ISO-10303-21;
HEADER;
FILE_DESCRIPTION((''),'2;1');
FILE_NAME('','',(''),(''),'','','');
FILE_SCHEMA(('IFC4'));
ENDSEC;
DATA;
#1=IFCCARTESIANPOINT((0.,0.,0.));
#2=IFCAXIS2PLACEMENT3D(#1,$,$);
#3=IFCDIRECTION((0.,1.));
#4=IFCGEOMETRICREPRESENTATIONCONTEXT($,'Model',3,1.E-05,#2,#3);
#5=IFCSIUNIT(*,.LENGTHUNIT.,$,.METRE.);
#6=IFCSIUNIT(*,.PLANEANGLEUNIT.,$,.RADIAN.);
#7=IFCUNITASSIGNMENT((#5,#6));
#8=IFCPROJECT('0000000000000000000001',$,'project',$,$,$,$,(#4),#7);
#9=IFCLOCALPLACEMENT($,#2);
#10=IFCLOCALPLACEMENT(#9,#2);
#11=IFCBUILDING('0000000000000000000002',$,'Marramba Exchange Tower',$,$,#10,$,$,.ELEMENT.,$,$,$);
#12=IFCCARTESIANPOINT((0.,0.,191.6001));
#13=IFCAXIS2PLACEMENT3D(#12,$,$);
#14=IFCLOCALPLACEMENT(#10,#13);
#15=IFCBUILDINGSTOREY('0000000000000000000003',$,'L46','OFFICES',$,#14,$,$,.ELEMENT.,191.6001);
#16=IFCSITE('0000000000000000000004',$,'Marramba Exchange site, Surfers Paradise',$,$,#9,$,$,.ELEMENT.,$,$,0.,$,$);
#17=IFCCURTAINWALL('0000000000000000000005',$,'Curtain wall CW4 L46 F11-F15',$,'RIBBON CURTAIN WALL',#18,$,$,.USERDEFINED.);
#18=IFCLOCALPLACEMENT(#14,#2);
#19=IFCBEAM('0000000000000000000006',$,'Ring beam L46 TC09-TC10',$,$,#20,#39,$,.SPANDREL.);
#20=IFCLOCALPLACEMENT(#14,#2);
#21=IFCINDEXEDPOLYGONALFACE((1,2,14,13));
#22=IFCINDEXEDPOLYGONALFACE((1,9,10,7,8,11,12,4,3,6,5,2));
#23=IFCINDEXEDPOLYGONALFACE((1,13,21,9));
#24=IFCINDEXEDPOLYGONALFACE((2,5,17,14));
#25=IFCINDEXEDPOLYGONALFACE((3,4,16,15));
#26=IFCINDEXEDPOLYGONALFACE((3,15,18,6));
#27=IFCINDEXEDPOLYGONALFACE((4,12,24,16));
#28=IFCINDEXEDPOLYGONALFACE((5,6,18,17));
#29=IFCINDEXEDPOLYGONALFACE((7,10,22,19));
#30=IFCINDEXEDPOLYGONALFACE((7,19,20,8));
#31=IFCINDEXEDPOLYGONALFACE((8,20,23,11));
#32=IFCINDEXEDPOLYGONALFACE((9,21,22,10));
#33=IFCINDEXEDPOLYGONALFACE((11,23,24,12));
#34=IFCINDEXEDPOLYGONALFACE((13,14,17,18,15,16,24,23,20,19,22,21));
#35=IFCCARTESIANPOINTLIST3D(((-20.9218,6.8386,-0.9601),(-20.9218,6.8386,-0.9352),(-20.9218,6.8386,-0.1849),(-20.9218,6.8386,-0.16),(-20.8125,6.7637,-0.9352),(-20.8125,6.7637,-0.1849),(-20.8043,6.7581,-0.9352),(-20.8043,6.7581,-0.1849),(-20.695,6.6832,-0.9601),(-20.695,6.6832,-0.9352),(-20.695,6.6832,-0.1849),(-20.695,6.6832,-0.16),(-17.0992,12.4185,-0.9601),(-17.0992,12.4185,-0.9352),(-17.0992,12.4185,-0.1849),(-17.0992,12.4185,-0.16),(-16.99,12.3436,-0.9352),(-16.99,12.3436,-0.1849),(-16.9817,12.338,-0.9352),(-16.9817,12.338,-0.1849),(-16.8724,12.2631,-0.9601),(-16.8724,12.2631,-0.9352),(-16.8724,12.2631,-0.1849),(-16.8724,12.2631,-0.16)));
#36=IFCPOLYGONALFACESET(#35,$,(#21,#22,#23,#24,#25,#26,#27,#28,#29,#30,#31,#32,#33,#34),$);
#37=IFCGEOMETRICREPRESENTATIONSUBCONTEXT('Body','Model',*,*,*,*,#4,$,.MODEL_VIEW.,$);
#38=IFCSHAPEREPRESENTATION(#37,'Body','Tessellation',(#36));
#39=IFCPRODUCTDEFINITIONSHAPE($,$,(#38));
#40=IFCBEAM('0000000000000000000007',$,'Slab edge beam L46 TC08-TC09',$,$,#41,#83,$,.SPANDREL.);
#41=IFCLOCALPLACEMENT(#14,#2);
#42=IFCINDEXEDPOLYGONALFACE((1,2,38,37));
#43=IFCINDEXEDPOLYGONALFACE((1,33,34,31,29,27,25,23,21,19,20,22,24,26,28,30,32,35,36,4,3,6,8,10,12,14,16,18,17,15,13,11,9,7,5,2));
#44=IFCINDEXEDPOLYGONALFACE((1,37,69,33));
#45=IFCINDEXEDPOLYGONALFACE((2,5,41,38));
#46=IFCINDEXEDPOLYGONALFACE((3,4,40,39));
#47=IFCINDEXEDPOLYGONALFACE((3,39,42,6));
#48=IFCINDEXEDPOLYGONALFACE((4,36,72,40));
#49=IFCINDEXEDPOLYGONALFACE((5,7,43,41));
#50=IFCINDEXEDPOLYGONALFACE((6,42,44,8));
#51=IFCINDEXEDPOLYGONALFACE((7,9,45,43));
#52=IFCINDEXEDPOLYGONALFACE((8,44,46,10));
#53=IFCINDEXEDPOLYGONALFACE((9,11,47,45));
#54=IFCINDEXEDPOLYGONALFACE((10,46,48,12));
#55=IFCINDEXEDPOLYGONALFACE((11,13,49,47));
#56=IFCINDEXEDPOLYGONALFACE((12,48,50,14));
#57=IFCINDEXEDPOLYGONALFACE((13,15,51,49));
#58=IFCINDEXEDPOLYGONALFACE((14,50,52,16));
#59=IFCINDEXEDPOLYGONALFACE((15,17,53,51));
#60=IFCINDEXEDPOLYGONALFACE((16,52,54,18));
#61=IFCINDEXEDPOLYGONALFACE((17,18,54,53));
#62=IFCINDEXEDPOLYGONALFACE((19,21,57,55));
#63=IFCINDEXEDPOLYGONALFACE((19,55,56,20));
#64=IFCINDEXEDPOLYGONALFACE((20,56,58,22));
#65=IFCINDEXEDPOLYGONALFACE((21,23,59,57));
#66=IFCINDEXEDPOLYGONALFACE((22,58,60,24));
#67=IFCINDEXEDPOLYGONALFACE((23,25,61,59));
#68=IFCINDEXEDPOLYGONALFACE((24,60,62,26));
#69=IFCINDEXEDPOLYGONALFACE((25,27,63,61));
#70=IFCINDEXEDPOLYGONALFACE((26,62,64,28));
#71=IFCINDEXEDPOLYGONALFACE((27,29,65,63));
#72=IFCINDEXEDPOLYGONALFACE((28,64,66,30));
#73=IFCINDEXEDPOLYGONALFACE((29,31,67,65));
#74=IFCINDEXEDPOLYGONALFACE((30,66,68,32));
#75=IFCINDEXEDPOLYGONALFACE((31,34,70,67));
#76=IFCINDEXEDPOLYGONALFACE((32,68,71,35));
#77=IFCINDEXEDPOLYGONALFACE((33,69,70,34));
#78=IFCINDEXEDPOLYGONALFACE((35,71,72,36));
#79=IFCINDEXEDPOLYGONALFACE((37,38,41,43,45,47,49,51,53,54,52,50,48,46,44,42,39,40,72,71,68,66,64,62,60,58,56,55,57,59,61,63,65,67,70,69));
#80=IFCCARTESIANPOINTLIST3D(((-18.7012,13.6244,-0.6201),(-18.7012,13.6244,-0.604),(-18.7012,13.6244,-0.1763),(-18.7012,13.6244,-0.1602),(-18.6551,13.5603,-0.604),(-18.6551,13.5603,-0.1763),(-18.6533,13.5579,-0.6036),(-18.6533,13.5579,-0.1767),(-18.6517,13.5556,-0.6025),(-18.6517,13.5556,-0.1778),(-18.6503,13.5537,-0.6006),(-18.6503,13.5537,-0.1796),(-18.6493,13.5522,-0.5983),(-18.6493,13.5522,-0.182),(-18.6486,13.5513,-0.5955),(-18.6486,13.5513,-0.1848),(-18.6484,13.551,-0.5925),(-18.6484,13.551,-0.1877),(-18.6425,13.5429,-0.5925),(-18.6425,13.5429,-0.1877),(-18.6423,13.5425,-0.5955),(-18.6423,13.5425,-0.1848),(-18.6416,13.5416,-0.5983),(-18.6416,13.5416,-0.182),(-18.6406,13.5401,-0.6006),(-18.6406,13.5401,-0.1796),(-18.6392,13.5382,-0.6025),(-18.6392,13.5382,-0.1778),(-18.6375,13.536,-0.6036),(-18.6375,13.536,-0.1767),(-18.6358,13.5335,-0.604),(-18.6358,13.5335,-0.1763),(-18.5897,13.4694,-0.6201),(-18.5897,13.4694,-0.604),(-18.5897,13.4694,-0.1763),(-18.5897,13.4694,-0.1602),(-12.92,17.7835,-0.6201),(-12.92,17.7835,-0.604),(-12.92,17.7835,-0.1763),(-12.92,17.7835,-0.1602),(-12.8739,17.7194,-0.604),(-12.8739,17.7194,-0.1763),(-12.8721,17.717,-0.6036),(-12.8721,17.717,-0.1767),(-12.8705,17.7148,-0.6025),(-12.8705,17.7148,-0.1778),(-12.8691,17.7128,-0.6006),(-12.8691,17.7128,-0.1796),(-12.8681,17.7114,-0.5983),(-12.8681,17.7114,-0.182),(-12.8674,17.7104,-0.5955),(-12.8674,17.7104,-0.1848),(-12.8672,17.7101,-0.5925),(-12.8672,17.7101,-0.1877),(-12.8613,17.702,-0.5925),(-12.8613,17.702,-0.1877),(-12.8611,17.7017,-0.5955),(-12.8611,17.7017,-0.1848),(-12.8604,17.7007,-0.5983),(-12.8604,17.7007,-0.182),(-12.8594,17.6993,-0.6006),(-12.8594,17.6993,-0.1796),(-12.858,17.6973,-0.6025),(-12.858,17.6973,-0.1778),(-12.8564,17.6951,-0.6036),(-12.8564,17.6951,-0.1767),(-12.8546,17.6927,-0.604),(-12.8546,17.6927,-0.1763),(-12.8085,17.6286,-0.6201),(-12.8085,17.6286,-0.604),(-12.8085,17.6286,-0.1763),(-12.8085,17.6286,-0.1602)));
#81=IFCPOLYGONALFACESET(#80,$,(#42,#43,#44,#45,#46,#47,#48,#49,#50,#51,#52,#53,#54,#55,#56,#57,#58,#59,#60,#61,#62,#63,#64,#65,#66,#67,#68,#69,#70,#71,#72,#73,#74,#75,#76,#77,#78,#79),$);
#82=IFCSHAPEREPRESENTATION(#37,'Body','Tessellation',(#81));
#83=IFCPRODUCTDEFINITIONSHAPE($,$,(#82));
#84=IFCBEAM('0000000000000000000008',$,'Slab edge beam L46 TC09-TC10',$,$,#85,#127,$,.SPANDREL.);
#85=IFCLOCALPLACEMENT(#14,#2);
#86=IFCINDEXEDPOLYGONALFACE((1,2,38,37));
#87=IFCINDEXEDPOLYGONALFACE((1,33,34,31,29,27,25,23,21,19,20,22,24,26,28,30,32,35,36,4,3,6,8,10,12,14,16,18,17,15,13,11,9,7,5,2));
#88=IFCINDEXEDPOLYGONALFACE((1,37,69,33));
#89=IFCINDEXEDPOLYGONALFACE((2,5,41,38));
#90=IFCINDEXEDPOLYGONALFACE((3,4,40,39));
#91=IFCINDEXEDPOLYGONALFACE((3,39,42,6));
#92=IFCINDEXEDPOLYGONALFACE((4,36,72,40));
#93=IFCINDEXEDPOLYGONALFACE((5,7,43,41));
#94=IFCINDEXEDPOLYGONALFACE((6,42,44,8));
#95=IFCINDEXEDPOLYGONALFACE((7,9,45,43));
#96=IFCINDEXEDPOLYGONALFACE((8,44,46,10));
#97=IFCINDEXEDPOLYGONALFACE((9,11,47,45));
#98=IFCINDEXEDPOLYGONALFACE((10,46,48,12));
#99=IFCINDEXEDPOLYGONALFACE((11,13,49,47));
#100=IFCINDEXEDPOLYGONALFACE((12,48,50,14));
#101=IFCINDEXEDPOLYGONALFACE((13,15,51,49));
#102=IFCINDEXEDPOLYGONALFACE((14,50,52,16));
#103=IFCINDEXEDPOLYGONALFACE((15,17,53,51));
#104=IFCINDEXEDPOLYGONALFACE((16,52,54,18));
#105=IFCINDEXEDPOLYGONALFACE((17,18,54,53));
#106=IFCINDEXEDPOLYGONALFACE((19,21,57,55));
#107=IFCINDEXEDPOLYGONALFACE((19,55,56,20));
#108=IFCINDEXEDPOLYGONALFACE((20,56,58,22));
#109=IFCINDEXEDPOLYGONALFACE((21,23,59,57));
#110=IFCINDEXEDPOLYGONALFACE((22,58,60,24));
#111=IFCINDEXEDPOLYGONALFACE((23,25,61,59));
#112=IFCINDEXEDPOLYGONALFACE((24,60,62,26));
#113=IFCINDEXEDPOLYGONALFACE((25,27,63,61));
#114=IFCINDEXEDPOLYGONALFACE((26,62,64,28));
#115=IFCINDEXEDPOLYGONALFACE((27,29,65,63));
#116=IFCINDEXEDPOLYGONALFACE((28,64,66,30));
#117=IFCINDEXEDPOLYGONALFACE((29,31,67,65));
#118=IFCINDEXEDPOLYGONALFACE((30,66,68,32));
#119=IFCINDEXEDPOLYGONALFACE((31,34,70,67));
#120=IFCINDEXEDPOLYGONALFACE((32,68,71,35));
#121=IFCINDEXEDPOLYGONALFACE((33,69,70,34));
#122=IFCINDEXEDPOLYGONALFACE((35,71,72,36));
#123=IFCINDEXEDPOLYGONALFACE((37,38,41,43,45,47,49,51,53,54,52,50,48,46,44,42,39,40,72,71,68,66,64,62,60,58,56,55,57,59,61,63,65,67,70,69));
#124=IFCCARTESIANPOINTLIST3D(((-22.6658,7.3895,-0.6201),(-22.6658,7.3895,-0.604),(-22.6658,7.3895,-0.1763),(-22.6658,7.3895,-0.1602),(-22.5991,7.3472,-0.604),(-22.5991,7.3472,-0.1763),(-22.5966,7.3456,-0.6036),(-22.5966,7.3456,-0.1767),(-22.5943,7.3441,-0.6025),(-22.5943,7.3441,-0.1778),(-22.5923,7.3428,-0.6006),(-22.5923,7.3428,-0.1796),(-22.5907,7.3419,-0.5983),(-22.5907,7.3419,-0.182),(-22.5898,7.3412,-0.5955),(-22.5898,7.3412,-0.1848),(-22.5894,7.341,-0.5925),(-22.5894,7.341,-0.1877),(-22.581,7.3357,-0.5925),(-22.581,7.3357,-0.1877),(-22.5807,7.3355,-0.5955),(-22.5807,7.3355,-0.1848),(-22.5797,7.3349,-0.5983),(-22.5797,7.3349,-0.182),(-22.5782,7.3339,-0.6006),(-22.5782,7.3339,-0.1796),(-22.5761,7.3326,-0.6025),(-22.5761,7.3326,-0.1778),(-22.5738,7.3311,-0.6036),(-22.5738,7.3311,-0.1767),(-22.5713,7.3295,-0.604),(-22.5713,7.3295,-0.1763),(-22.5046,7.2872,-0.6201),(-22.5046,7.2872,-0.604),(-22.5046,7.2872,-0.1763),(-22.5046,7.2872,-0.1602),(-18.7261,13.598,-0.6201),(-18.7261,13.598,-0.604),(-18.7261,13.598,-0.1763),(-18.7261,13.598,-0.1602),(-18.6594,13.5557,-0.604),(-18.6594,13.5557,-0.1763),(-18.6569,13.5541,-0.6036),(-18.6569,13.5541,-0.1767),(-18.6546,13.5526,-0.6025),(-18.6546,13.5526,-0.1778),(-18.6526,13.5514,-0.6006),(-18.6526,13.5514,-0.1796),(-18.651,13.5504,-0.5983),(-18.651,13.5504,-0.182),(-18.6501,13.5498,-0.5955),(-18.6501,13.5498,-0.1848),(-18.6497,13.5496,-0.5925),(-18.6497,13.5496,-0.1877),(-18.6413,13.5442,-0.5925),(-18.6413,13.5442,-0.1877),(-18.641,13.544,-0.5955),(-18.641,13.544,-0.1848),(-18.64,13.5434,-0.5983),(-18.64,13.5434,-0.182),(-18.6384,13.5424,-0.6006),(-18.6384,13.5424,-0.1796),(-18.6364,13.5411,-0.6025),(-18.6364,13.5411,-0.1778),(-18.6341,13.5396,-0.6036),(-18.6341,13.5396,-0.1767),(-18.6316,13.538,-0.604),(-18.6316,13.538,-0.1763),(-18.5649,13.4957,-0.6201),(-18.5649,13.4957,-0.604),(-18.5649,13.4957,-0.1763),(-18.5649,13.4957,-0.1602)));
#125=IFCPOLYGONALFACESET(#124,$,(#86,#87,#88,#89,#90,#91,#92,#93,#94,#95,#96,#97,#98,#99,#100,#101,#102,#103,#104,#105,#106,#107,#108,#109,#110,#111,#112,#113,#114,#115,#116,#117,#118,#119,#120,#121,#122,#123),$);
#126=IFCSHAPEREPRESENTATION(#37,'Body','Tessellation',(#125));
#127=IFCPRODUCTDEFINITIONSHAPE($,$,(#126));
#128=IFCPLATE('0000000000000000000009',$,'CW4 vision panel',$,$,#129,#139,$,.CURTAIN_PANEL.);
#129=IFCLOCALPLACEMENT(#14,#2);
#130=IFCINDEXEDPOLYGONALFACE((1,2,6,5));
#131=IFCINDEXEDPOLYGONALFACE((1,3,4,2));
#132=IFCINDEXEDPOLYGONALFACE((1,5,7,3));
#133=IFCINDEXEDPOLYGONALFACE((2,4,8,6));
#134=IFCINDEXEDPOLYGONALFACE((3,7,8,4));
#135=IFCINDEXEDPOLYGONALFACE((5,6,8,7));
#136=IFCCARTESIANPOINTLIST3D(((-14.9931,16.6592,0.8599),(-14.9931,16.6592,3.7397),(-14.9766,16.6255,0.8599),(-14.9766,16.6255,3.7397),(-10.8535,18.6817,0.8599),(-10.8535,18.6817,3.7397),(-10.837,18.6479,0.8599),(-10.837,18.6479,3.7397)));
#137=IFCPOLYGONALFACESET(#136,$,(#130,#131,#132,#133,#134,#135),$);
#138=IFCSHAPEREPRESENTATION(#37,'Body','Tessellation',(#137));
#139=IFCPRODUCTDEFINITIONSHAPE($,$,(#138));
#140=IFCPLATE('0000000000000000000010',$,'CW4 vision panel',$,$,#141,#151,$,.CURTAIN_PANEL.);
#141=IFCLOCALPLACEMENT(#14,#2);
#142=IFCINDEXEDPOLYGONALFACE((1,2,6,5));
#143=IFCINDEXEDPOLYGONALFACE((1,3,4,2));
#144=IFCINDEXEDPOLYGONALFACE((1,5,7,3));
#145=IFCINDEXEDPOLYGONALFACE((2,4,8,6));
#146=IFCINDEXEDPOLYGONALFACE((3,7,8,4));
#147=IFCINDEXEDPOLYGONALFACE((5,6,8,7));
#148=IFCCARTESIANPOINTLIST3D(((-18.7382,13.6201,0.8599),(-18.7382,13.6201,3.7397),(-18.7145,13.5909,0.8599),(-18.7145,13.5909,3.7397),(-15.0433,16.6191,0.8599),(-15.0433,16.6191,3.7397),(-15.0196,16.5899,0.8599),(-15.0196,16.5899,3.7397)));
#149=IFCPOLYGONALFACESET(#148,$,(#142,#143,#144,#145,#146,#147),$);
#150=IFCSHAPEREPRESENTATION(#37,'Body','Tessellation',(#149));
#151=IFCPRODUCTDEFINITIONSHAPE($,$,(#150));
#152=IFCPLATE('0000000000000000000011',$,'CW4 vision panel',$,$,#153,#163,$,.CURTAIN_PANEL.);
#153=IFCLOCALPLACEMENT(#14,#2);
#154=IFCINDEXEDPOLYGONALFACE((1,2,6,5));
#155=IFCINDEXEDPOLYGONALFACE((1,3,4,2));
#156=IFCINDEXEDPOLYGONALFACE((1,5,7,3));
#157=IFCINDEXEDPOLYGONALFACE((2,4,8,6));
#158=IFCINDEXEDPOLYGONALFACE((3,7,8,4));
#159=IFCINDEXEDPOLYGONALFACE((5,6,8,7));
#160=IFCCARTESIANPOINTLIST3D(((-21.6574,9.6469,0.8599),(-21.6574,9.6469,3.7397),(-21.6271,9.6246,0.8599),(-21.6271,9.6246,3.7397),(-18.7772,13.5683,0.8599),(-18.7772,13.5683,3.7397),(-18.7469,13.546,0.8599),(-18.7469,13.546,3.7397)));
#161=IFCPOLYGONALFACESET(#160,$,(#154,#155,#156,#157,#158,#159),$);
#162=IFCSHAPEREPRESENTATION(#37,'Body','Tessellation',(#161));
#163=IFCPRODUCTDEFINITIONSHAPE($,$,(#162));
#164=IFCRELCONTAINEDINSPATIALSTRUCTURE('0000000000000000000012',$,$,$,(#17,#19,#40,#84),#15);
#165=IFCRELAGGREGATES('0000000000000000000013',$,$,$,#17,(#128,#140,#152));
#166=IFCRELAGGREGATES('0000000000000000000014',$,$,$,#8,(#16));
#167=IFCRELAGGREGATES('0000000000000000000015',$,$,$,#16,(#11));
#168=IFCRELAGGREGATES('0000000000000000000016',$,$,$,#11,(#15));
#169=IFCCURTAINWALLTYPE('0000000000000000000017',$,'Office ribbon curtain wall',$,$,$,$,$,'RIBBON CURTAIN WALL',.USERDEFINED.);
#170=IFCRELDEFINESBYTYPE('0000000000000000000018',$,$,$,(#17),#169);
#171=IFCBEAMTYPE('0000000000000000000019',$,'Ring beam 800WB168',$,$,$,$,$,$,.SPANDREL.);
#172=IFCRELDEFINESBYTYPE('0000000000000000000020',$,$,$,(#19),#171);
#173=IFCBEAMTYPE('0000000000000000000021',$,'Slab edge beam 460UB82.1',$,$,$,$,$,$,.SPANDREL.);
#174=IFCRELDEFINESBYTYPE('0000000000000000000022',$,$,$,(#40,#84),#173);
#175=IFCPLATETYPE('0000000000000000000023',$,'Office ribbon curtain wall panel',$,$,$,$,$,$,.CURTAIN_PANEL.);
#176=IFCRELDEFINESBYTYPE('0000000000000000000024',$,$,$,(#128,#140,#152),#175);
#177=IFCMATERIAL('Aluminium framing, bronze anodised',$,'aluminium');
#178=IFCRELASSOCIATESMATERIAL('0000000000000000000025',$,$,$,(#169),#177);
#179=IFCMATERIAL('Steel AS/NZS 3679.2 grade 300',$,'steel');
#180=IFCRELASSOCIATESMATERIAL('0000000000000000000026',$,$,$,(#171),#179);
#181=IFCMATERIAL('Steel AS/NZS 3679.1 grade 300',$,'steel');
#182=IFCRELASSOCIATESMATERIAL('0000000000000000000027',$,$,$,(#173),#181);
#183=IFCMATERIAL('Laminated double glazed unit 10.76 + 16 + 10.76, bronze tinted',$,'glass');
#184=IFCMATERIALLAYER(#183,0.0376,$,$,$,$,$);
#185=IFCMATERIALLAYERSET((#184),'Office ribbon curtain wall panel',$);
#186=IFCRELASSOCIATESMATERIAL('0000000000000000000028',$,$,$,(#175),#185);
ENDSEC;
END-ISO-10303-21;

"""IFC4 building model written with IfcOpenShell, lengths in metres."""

from ifc_helpers import new_model, si_unit, direction, frame, origin, origin_2d, place, context, subcontext, project, spatial, rectangle, i_section, extrude, material, layer, layer_set, material_profile, profile_set, type_object, element, aggregate, save


model = new_model("IFC4")

# Units and contexts
model_context = context("Model", 3, precision=1e-05, world=origin(), true_north=direction((0.0, 1.0)))
body_context = subcontext(model_context, "Body", "Model", "MODEL_VIEW")
ifc_project = project(units=[si_unit("LENGTHUNIT", "METRE"), si_unit("PLANEANGLEUNIT", "RADIAN")], contexts=[model_context])

# Site, building, storey
site_placement = place(None, origin())
site = spatial("IfcSite", under=ifc_project, at=site_placement, Name="Marramba Exchange site, Surfers Paradise", CompositionType="ELEMENT", RefElevation=0.0)
building_placement = place(site_placement, origin())
building = spatial("IfcBuilding", under=site, at=building_placement, Name="Marramba Exchange Tower", CompositionType="ELEMENT")
storey_placement = place(building_placement, frame((0.0, 0.0, 191.6001)))
storey = spatial("IfcBuildingStorey", under=building, at=storey_placement, Name="L46", Description="OFFICES", CompositionType="ELEMENT", Elevation=191.6001)

# Shared definitions
ifc_material_1 = material(Name="Steel AS/NZS 3679.2 grade 300", Category="steel")
ifc_material_2 = material(Name="Steel AS/NZS 3679.1 grade 300", Category="steel")

# Curtain wall
ifc_material_3 = material(Name="Aluminium framing, bronze anodised", Category="aluminium")
curtain_wall_type = type_object("IfcCurtainWallType", Name="Office ribbon curtain wall", ElementType="RIBBON CURTAIN WALL", PredefinedType="USERDEFINED", material=ifc_material_3)
curtain_wall_placement = place(storey_placement, origin())
curtain_wall = element("IfcCurtainWall", 1, at=curtain_wall_placement, inside=storey, type_object=curtain_wall_type, Name="Curtain wall CW4 L46 F11-F15", ObjectType="RIBBON CURTAIN WALL", PredefinedType="USERDEFINED")

# Beams
ifc_material_profile_1 = material_profile(ifc_material_1, i_section(OverallWidth=0.2749, OverallDepth=0.8, WebThickness=0.01, FlangeThickness=0.0249, at=origin_2d()), Name="800WB168")
ifc_profile_set_1 = profile_set([ifc_material_profile_1], Name="Steel AS/NZS 3679.2 grade 300")
beam_type_1 = type_object("IfcBeamType", Name="Ring beam 800WB168", PredefinedType="SPANDREL", material=ifc_profile_set_1)
beam_1_placement = place(storey_placement, frame((-16.9858, 12.3408, -0.5601), z_axis=(-0.56516, -0.824981, 0.0), x_axis=(0.824981, -0.56516, 0.0)))
element("IfcBeam", 2, at=beam_1_placement, inside=storey, type_object=beam_type_1, Name="Ring beam L46 TC09-TC10", PredefinedType="SPANDREL", context=body_context, shape_type="SweptSolid", body=[
    extrude(i_section(OverallWidth=0.2749, OverallDepth=0.8, WebThickness=0.01, FlangeThickness=0.0249, at=origin_2d()), origin(), (0.0, 0.0, 1.0), 6.7637),
])
ifc_material_profile_2 = material_profile(ifc_material_2, i_section(OverallWidth=0.1909, OverallDepth=0.46, WebThickness=0.01, FlangeThickness=0.0161, FilletRadius=0.0115, at=origin_2d()), Name="460UB82.1")
ifc_profile_set_2 = profile_set([ifc_material_profile_2], Name="Steel AS/NZS 3679.1 grade 300")
beam_type_2 = type_object("IfcBeamType", Name="Slab edge beam 460UB82.1", PredefinedType="SPANDREL", material=ifc_profile_set_2)
beam_2_placement = place(storey_placement, frame((-12.8643, 17.7061, -0.3901), z_axis=(-0.811755, -0.583998, 0.0), x_axis=(0.583998, -0.811755, 0.0)))
element("IfcBeam", 3, at=beam_2_placement, inside=storey, type_object=beam_type_2, Name="Slab edge beam L46 TC08-TC09", PredefinedType="SPANDREL", context=body_context, shape_type="SweptSolid", body=[
    extrude(i_section(OverallWidth=0.1909, OverallDepth=0.46, WebThickness=0.01, FlangeThickness=0.0161, FilletRadius=0.0115, at=origin_2d()), origin(), (0.0, 0.0, 1.0), 7.1218),
])
beam_3_placement = place(storey_placement, frame((-18.6455, 13.5469, -0.3901), z_axis=(-0.535794, -0.844348, 0.0), x_axis=(0.844348, -0.535794, 0.0)))
element("IfcBeam", 4, at=beam_3_placement, inside=storey, type_object=beam_type_2, Name="Slab edge beam L46 TC09-TC10", PredefinedType="SPANDREL", context=body_context, shape_type="SweptSolid", body=[
    extrude(i_section(OverallWidth=0.1909, OverallDepth=0.46, WebThickness=0.01, FlangeThickness=0.0161, FilletRadius=0.0115, at=origin_2d()), origin(), (0.0, 0.0, 1.0), 7.353),
])

# Plates
ifc_material_4 = material(Name="Laminated double glazed unit 10.76 + 16 + 10.76, bronze tinted", Category="glass")
ifc_layer_1 = layer(ifc_material_4, 0.0376)
ifc_layer_set_1 = layer_set([ifc_layer_1], Name="Office ribbon curtain wall panel")
plate_type = type_object("IfcPlateType", Name="Office ribbon curtain wall panel", PredefinedType="CURTAIN_PANEL", material=ifc_layer_set_1)
plate_1_placement = place(storey_placement, frame((-12.915, 17.6536, 0.8599), z_axis=(0.0, 0.0, 1.0), x_axis=(-0.898501, -0.438972, 0.0)))
plate_1 = element("IfcPlate", 5, at=plate_1_placement, type_object=plate_type, Name="CW4 vision panel", PredefinedType="CURTAIN_PANEL", context=body_context, shape_type="SweptSolid", body=[
    extrude(rectangle(XDim=4.6072, YDim=0.0376, at=origin_2d()), origin(), (0.0, 0.0, 1.0), 2.8799),
])
plate_2_placement = place(storey_placement, frame((-16.8789, 15.105, 0.8599), z_axis=(0.0, 0.0, 1.0), x_axis=(-0.776432, -0.630201, 0.0)))
plate_2 = element("IfcPlate", 6, at=plate_2_placement, type_object=plate_type, Name="CW4 vision panel", PredefinedType="CURTAIN_PANEL", context=body_context, shape_type="SweptSolid", body=[
    extrude(rectangle(XDim=4.7588, YDim=0.0376, at=origin_2d()), origin(), (0.0, 0.0, 1.0), 2.8799),
])
plate_3_placement = place(storey_placement, frame((-20.2021, 11.5964, 0.8599), z_axis=(0.0, 0.0, 1.0), x_axis=(-0.591963, -0.805965, 0.0)))
plate_3 = element("IfcPlate", 7, at=plate_3_placement, type_object=plate_type, Name="CW4 vision panel", PredefinedType="CURTAIN_PANEL", context=body_context, shape_type="SweptSolid", body=[
    extrude(rectangle(XDim=4.8655, YDim=0.0376, at=origin_2d()), origin(), (0.0, 0.0, 1.0), 2.8799),
])
aggregate(curtain_wall, [plate_1, plate_2, plate_3])

save(model, "model.ifc")
